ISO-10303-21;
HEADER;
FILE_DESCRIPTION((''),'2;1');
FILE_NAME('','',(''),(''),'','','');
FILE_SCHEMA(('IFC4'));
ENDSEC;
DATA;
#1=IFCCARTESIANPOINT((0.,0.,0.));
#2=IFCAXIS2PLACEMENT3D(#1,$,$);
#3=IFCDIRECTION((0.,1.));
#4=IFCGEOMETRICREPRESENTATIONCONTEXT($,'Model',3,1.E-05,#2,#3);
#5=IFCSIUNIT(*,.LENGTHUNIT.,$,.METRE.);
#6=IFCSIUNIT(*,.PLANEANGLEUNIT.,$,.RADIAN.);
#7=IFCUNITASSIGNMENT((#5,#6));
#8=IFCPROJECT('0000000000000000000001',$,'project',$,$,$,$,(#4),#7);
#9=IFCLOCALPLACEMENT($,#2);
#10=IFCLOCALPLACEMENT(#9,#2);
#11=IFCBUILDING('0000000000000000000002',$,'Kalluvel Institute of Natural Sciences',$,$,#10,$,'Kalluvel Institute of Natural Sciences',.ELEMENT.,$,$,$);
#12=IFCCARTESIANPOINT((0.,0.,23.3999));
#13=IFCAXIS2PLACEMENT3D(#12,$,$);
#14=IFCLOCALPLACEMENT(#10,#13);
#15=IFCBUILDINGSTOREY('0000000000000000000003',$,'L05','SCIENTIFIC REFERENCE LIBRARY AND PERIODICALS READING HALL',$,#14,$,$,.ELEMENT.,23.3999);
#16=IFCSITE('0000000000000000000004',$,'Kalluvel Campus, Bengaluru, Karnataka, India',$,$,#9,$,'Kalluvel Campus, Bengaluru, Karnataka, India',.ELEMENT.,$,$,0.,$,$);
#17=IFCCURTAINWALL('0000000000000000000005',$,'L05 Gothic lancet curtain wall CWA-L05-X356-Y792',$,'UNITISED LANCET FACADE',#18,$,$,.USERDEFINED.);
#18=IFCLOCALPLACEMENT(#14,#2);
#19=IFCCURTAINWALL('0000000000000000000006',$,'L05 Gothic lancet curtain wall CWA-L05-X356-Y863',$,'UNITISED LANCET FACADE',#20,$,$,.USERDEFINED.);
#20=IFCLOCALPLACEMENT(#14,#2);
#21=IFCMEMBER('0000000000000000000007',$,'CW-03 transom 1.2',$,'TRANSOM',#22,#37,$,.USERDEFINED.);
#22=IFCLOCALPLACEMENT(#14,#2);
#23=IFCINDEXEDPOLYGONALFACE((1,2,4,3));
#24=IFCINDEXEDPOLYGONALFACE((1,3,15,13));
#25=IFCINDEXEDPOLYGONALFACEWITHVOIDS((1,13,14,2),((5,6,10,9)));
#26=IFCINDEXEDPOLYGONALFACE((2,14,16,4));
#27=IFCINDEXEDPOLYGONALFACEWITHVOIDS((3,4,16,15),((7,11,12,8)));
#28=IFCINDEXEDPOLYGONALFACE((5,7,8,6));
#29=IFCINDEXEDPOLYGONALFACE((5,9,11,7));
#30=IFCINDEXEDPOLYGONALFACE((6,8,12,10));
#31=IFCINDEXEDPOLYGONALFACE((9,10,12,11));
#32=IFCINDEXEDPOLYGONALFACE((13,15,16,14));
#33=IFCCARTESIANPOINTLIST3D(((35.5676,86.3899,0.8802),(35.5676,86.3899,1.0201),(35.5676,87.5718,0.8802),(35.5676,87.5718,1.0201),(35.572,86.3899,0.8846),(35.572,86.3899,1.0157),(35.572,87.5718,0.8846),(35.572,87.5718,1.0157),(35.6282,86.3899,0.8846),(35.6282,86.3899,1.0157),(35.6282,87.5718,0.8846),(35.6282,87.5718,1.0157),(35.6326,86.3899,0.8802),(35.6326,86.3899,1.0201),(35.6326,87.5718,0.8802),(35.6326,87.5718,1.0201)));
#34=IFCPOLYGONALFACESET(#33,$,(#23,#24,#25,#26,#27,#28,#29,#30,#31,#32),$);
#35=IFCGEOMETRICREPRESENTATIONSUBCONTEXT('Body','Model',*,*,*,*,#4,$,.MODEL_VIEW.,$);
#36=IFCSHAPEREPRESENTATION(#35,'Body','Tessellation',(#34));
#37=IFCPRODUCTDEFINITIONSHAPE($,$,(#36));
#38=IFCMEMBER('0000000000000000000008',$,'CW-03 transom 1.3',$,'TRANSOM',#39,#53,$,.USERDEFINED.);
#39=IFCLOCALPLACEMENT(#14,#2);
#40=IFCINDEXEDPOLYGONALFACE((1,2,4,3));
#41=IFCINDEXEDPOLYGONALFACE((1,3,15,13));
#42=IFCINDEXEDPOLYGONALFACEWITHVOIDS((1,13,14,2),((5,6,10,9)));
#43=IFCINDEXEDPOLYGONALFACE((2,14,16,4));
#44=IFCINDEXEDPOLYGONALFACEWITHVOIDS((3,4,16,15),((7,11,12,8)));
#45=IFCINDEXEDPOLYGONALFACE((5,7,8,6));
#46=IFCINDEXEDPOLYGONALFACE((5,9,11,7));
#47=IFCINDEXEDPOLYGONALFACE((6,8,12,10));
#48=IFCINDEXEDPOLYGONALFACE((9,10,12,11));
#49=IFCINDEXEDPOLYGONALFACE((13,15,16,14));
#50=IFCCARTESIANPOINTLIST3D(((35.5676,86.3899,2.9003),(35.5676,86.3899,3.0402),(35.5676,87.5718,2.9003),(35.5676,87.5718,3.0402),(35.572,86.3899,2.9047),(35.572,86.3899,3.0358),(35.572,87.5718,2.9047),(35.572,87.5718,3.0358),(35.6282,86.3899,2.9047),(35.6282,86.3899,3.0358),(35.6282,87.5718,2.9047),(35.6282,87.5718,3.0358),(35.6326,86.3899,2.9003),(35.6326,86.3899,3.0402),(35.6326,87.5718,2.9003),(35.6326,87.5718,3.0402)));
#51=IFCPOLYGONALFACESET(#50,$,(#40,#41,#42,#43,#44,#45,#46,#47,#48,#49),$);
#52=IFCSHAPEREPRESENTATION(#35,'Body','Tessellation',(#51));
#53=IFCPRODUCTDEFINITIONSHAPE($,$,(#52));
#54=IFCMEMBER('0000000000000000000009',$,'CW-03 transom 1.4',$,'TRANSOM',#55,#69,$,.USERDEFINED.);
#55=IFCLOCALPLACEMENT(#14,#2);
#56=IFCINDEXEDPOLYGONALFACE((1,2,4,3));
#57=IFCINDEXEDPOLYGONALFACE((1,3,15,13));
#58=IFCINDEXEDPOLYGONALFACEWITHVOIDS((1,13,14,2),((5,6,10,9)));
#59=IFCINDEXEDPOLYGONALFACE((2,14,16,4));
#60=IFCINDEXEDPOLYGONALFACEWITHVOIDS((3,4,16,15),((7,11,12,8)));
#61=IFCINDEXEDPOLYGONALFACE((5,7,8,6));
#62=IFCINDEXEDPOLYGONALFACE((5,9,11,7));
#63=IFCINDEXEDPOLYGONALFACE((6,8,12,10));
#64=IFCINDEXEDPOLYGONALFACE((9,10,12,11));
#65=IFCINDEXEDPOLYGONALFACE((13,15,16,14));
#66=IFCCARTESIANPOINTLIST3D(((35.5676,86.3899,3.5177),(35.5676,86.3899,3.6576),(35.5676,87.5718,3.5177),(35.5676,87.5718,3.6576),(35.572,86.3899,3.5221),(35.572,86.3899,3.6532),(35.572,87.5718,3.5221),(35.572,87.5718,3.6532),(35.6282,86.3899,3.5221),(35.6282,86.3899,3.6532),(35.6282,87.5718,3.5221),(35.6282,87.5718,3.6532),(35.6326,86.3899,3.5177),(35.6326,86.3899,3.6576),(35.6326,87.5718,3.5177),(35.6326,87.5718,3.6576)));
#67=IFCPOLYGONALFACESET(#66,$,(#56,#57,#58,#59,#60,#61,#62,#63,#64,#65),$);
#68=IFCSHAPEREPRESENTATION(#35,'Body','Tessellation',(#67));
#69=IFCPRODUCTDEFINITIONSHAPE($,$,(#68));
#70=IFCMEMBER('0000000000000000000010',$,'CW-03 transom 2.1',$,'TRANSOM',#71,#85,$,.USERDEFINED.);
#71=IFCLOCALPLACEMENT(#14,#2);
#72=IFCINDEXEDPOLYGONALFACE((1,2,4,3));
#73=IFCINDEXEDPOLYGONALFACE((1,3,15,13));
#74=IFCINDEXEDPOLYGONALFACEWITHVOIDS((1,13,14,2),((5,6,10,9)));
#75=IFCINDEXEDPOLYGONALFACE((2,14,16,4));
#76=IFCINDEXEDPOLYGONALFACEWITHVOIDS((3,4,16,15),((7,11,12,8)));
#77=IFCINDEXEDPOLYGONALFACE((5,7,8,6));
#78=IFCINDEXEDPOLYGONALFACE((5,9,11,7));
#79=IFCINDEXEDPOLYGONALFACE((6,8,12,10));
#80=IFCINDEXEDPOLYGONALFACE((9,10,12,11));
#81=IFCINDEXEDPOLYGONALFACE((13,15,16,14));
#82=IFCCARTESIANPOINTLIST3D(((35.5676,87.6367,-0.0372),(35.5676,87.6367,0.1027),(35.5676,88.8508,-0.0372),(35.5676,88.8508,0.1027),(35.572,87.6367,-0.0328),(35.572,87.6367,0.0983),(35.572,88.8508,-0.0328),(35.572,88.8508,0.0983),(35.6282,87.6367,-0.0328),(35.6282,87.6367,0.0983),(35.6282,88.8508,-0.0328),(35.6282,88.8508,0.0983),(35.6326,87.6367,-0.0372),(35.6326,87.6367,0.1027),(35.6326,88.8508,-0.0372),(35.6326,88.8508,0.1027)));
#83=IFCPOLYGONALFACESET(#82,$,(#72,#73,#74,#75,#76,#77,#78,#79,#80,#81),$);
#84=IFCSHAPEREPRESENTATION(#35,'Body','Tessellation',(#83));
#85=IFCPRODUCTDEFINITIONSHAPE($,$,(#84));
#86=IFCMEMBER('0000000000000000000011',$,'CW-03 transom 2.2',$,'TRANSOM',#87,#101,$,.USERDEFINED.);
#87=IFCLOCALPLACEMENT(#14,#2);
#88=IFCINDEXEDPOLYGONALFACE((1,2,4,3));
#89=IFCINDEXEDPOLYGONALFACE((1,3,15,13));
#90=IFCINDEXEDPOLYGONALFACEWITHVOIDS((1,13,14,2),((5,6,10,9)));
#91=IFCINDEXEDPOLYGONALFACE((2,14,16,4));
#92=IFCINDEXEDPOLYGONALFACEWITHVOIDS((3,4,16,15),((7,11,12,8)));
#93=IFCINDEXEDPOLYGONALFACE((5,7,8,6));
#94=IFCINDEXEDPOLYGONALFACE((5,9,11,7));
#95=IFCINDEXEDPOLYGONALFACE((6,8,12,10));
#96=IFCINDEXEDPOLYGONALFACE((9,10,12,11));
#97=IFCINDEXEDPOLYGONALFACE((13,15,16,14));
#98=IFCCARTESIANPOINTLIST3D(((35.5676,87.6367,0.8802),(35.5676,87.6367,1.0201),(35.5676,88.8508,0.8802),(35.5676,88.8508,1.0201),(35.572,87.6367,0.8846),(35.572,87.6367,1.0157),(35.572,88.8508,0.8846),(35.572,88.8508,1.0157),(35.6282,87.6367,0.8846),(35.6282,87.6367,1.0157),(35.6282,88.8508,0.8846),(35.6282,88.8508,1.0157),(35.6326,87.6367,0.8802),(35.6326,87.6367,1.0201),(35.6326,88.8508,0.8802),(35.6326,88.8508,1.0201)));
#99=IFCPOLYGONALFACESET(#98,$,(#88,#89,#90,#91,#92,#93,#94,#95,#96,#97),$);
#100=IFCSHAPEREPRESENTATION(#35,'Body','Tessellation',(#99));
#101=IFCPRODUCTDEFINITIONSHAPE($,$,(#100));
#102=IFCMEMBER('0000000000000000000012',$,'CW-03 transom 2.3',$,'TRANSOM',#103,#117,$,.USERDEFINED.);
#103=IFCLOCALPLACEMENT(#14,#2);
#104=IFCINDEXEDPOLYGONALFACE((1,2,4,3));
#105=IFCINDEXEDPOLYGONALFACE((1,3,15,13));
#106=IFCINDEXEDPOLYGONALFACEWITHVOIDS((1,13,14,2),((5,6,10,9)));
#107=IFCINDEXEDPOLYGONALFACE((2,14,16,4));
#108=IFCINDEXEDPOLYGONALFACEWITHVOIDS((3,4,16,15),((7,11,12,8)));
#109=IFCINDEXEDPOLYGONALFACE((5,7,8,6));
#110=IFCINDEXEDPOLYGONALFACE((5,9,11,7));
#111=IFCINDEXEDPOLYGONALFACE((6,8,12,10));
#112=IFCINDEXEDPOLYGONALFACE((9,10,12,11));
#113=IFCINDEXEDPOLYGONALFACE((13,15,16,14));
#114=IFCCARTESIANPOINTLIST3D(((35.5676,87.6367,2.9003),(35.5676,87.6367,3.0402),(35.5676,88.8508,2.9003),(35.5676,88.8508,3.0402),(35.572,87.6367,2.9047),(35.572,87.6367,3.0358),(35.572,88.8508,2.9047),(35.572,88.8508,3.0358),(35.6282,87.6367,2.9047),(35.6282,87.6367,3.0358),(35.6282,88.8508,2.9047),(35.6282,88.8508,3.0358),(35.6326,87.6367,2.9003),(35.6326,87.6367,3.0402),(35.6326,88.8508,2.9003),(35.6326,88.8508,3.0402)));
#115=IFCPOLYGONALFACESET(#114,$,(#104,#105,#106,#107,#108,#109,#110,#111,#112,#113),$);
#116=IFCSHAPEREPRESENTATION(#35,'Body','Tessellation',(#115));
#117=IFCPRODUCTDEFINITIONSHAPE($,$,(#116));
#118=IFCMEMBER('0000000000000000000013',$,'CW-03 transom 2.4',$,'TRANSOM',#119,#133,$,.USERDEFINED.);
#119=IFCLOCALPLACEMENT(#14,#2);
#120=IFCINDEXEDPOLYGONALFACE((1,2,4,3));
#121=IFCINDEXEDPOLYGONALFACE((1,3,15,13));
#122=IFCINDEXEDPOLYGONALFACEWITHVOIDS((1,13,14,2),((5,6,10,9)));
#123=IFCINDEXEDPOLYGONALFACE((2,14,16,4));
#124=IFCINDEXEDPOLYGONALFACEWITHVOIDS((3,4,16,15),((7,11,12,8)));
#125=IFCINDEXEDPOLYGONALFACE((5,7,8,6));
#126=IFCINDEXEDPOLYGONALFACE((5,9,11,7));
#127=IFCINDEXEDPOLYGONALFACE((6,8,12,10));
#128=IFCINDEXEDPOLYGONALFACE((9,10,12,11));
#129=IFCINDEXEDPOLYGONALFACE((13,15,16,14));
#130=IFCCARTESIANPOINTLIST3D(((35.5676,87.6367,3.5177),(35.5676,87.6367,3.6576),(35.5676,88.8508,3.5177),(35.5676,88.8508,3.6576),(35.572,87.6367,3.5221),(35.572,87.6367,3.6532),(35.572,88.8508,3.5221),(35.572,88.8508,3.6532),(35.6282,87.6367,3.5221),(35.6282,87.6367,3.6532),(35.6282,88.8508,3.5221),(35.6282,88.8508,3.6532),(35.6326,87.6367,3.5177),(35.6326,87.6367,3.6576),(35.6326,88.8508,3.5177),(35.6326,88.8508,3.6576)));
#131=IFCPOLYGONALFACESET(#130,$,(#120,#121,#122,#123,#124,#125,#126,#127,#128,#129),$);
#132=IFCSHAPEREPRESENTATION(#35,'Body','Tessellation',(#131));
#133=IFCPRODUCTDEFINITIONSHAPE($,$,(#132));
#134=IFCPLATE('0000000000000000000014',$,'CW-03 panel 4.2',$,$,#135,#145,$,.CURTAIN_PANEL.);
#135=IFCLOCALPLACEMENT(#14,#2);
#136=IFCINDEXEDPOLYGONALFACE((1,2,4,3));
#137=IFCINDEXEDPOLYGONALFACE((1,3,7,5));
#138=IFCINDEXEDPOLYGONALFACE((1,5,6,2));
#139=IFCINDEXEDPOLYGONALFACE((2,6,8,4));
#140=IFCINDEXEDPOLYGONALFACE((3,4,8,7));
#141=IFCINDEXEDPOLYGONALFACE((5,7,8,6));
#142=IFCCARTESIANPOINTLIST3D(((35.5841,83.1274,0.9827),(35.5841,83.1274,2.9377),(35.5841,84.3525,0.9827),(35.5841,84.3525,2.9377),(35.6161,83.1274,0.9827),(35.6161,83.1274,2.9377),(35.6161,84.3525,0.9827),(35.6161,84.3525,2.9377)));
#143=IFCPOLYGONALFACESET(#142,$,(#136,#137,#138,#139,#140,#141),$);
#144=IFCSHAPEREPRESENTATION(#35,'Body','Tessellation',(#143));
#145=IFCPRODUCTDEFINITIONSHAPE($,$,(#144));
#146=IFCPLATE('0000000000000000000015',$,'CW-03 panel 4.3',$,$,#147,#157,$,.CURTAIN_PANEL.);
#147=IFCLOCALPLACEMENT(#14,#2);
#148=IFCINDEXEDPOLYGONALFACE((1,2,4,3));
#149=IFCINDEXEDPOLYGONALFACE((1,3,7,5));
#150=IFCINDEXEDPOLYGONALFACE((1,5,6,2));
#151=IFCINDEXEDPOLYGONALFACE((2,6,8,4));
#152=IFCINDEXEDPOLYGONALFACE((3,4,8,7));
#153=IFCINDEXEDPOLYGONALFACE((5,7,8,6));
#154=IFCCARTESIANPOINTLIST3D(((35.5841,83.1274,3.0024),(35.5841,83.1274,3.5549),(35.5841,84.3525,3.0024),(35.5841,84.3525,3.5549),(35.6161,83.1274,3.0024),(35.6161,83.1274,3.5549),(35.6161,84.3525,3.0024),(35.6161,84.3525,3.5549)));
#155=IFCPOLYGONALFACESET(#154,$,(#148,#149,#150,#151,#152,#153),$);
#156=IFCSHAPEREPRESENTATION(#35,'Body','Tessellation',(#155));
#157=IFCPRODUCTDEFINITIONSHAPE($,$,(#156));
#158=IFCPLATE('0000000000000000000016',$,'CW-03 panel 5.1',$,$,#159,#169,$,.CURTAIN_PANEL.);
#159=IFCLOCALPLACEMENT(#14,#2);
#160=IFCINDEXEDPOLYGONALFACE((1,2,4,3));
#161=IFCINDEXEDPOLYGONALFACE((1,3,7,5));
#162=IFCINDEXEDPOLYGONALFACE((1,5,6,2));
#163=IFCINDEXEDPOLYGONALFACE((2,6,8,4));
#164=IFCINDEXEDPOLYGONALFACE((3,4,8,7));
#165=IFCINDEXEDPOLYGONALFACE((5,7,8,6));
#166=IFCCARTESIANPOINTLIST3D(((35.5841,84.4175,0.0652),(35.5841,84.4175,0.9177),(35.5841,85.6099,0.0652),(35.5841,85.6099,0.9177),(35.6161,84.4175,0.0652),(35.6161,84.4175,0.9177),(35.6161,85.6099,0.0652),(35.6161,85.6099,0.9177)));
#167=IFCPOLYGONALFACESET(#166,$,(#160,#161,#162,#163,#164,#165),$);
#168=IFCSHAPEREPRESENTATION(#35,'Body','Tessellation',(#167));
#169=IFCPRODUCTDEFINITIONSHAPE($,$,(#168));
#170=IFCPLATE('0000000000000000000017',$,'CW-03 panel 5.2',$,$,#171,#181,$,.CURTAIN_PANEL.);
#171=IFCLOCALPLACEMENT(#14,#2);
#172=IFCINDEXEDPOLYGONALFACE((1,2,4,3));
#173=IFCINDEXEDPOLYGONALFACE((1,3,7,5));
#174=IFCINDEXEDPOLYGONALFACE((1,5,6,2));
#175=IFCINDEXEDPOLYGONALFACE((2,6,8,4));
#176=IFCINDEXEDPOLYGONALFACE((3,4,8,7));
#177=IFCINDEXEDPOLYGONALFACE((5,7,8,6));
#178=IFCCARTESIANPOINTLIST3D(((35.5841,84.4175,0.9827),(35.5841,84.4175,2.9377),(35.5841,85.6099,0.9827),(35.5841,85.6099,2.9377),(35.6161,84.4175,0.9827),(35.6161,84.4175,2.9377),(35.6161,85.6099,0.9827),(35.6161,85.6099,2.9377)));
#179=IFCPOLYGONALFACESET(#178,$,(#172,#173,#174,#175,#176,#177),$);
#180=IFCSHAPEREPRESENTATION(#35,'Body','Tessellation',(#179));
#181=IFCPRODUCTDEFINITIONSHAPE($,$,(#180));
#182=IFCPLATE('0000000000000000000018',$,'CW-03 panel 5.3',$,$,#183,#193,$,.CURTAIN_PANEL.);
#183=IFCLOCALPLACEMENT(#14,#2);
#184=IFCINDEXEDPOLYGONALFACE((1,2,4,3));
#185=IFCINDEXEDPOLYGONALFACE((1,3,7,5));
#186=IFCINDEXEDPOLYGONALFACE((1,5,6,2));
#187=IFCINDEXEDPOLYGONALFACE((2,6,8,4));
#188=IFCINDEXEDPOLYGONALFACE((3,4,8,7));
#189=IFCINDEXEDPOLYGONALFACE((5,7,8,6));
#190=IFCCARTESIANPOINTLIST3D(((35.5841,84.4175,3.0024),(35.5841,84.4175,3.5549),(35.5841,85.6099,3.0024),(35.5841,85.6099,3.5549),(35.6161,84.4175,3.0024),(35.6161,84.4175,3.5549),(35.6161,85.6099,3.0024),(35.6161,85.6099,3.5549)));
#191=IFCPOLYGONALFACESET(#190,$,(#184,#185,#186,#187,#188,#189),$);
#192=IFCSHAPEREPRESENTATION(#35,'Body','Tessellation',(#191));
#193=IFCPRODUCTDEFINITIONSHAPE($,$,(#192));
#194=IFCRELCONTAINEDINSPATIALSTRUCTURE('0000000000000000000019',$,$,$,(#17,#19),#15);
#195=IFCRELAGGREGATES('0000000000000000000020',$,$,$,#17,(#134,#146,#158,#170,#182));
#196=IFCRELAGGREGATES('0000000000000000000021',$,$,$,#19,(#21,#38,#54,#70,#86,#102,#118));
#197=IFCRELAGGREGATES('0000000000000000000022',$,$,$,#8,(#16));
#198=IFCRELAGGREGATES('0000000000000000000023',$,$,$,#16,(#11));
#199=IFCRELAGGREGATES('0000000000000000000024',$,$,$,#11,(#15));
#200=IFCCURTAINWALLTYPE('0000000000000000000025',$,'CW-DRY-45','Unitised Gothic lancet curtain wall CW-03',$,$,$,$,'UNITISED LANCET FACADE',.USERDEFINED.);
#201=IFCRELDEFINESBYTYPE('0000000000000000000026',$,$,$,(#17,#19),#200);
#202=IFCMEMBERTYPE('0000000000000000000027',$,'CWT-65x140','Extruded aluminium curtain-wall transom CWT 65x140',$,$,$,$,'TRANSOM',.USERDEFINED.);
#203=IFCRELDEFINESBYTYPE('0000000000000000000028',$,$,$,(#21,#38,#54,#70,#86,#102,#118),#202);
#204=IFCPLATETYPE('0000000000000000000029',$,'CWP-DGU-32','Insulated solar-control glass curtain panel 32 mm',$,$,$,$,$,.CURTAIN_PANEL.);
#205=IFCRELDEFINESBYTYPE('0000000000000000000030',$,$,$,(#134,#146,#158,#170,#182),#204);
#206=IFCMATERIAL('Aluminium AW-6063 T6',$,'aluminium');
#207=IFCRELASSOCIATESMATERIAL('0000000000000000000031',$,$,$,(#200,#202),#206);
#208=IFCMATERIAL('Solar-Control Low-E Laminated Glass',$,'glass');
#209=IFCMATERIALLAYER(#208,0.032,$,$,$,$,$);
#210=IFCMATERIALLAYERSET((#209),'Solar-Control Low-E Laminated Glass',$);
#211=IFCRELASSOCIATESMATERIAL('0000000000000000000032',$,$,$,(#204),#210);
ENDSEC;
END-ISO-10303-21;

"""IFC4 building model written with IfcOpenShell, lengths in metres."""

from ifc_helpers import new_model, si_unit, direction, frame, origin, origin_2d, place, context, subcontext, project, spatial, rectangle, hollow_rectangle, extrude, material, layer, layer_set, material_profile, profile_set, type_object, element, aggregate, save


model = new_model("IFC4")

# Units and contexts
model_context = context("Model", 3, precision=1e-05, world=origin(), true_north=direction((0.0, 1.0)))
body_context = subcontext(model_context, "Body", "Model", "MODEL_VIEW")
ifc_project = project(units=[si_unit("LENGTHUNIT", "METRE"), si_unit("PLANEANGLEUNIT", "RADIAN")], contexts=[model_context])

# Site, building, storey
site_placement = place(None, origin())
site = spatial("IfcSite", under=ifc_project, at=site_placement, Name="Kalluvel Campus, Bengaluru, Karnataka, India", LongName="Kalluvel Campus, Bengaluru, Karnataka, India", CompositionType="ELEMENT", RefElevation=0.0)
building_placement = place(site_placement, origin())
building = spatial("IfcBuilding", under=site, at=building_placement, Name="Kalluvel Institute of Natural Sciences", LongName="Kalluvel Institute of Natural Sciences", CompositionType="ELEMENT")
storey_placement = place(building_placement, frame((0.0, 0.0, 23.3999)))
storey = spatial("IfcBuildingStorey", under=building, at=storey_placement, Name="L05", Description="SCIENTIFIC REFERENCE LIBRARY AND PERIODICALS READING HALL", CompositionType="ELEMENT", Elevation=23.3999)

# Curtain walls
ifc_material_1 = material(Name="Aluminium AW-6063 T6", Category="aluminium")
curtain_wall_type = type_object("IfcCurtainWallType", Name="CW-DRY-45", Description="Unitised Gothic lancet curtain wall CW-03", ElementType="UNITISED LANCET FACADE", PredefinedType="USERDEFINED", material=ifc_material_1)
curtain_wall_1_placement = place(storey_placement, origin())
curtain_wall_1 = element("IfcCurtainWall", 1, at=curtain_wall_1_placement, inside=storey, type_object=curtain_wall_type, Name="L05 Gothic lancet curtain wall CWA-L05-X356-Y792", ObjectType="UNITISED LANCET FACADE", PredefinedType="USERDEFINED")
curtain_wall_2_placement = place(storey_placement, origin())
curtain_wall_2 = element("IfcCurtainWall", 2, at=curtain_wall_2_placement, inside=storey, type_object=curtain_wall_type, Name="L05 Gothic lancet curtain wall CWA-L05-X356-Y863", ObjectType="UNITISED LANCET FACADE", PredefinedType="USERDEFINED")

# Members
ifc_material_profile_1 = material_profile(ifc_material_1, hollow_rectangle(XDim=0.0649, YDim=0.1399, WallThickness=0.0044, at=origin_2d()), Name="CWT 65x140")
ifc_profile_set_1 = profile_set([ifc_material_profile_1], Name="Aluminium AW-6063 T6")
member_type_1 = type_object("IfcMemberType", Name="CWT-65x140", Description="Extruded aluminium curtain-wall transom CWT 65x140", ElementType="TRANSOM", PredefinedType="USERDEFINED", material=ifc_profile_set_1)
member_1_placement = place(storey_placement, frame((35.6001, 86.3899, 0.9502), z_axis=(0.0, 1.0, 0.0), x_axis=(-1.0, 0.0, 0.0)))
member_1 = element("IfcMember", 3, at=member_1_placement, type_object=member_type_1, Name="CW-03 transom 1.2", ObjectType="TRANSOM", PredefinedType="USERDEFINED", context=body_context, shape_type="SweptSolid", body=[
    extrude(hollow_rectangle(XDim=0.0649, YDim=0.1399, WallThickness=0.0044, at=origin_2d()), origin(), (0.0, 0.0, 1.0), 1.1819),
])
member_2_placement = place(storey_placement, frame((35.6001, 86.3899, 2.9702), z_axis=(0.0, 1.0, 0.0), x_axis=(-1.0, 0.0, 0.0)))
member_2 = element("IfcMember", 4, at=member_2_placement, type_object=member_type_1, Name="CW-03 transom 1.3", ObjectType="TRANSOM", PredefinedType="USERDEFINED", context=body_context, shape_type="SweptSolid", body=[
    extrude(hollow_rectangle(XDim=0.0649, YDim=0.1399, WallThickness=0.0044, at=origin_2d()), origin(), (0.0, 0.0, 1.0), 1.1819),
])
member_3_placement = place(storey_placement, frame((35.6001, 86.3899, 3.5876), z_axis=(0.0, 1.0, 0.0), x_axis=(-1.0, 0.0, 0.0)))
member_3 = element("IfcMember", 5, at=member_3_placement, type_object=member_type_1, Name="CW-03 transom 1.4", ObjectType="TRANSOM", PredefinedType="USERDEFINED", context=body_context, shape_type="SweptSolid", body=[
    extrude(hollow_rectangle(XDim=0.0649, YDim=0.1399, WallThickness=0.0044, at=origin_2d()), origin(), (0.0, 0.0, 1.0), 1.1819),
])
member_4_placement = place(storey_placement, frame((35.6001, 87.6367, 0.0327), z_axis=(0.0, 1.0, 0.0), x_axis=(-1.0, 0.0, 0.0)))
member_4 = element("IfcMember", 6, at=member_4_placement, type_object=member_type_1, Name="CW-03 transom 2.1", ObjectType="TRANSOM", PredefinedType="USERDEFINED", context=body_context, shape_type="SweptSolid", body=[
    extrude(hollow_rectangle(XDim=0.0649, YDim=0.1399, WallThickness=0.0044, at=origin_2d()), origin(), (0.0, 0.0, 1.0), 1.2141),
])
member_5_placement = place(storey_placement, frame((35.6001, 87.6367, 0.9502), z_axis=(0.0, 1.0, 0.0), x_axis=(-1.0, 0.0, 0.0)))
member_5 = element("IfcMember", 7, at=member_5_placement, type_object=member_type_1, Name="CW-03 transom 2.2", ObjectType="TRANSOM", PredefinedType="USERDEFINED", context=body_context, shape_type="SweptSolid", body=[
    extrude(hollow_rectangle(XDim=0.0649, YDim=0.1399, WallThickness=0.0044, at=origin_2d()), origin(), (0.0, 0.0, 1.0), 1.2141),
])
member_6_placement = place(storey_placement, frame((35.6001, 87.6367, 2.9702), z_axis=(0.0, 1.0, 0.0), x_axis=(-1.0, 0.0, 0.0)))
member_6 = element("IfcMember", 8, at=member_6_placement, type_object=member_type_1, Name="CW-03 transom 2.3", ObjectType="TRANSOM", PredefinedType="USERDEFINED", context=body_context, shape_type="SweptSolid", body=[
    extrude(hollow_rectangle(XDim=0.0649, YDim=0.1399, WallThickness=0.0044, at=origin_2d()), origin(), (0.0, 0.0, 1.0), 1.2141),
])
member_7_placement = place(storey_placement, frame((35.6001, 87.6367, 3.5876), z_axis=(0.0, 1.0, 0.0), x_axis=(-1.0, 0.0, 0.0)))
member_7 = element("IfcMember", 9, at=member_7_placement, type_object=member_type_1, Name="CW-03 transom 2.4", ObjectType="TRANSOM", PredefinedType="USERDEFINED", context=body_context, shape_type="SweptSolid", body=[
    extrude(hollow_rectangle(XDim=0.0649, YDim=0.1399, WallThickness=0.0044, at=origin_2d()), origin(), (0.0, 0.0, 1.0), 1.2141),
])

# Plates
ifc_material_2 = material(Name="Solar-Control Low-E Laminated Glass", Category="glass")
ifc_layer = layer(ifc_material_2, 0.032)
ifc_layer_set = layer_set([ifc_layer], Name="Solar-Control Low-E Laminated Glass")
plate_type = type_object("IfcPlateType", Name="CWP-DGU-32", Description="Insulated solar-control glass curtain panel 32 mm", PredefinedType="CURTAIN_PANEL", material=ifc_layer_set)
plate_1_placement = place(storey_placement, frame((35.6001, 83.74, 0.9827), z_axis=(0.0, 0.0, 1.0), x_axis=(0.0, 1.0, 0.0)))
plate_1 = element("IfcPlate", 10, at=plate_1_placement, type_object=plate_type, Name="CW-03 panel 4.2", PredefinedType="CURTAIN_PANEL", context=body_context, shape_type="SweptSolid", body=[
    extrude(rectangle(XDim=1.2251, YDim=0.032, at=origin_2d()), origin(), (0.0, 0.0, 1.0), 1.9551),
])
plate_2_placement = place(storey_placement, frame((35.6001, 83.74, 3.0024), z_axis=(0.0, 0.0, 1.0), x_axis=(0.0, 1.0, 0.0)))
plate_2 = element("IfcPlate", 11, at=plate_2_placement, type_object=plate_type, Name="CW-03 panel 4.3", PredefinedType="CURTAIN_PANEL", context=body_context, shape_type="SweptSolid", body=[
    extrude(rectangle(XDim=1.2251, YDim=0.032, at=origin_2d()), origin(), (0.0, 0.0, 1.0), 0.5525),
])
plate_3_placement = place(storey_placement, frame((35.6001, 85.0137, 0.0652), z_axis=(0.0, 0.0, 1.0), x_axis=(0.0, 1.0, 0.0)))
plate_3 = element("IfcPlate", 12, at=plate_3_placement, type_object=plate_type, Name="CW-03 panel 5.1", PredefinedType="CURTAIN_PANEL", context=body_context, shape_type="SweptSolid", body=[
    extrude(rectangle(XDim=1.1924, YDim=0.032, at=origin_2d()), origin(), (0.0, 0.0, 1.0), 0.8525),
])
plate_4_placement = place(storey_placement, frame((35.6001, 85.0137, 0.9827), z_axis=(0.0, 0.0, 1.0), x_axis=(0.0, 1.0, 0.0)))
plate_4 = element("IfcPlate", 13, at=plate_4_placement, type_object=plate_type, Name="CW-03 panel 5.2", PredefinedType="CURTAIN_PANEL", context=body_context, shape_type="SweptSolid", body=[
    extrude(rectangle(XDim=1.1924, YDim=0.032, at=origin_2d()), origin(), (0.0, 0.0, 1.0), 1.9551),
])
plate_5_placement = place(storey_placement, frame((35.6001, 85.0137, 3.0024), z_axis=(0.0, 0.0, 1.0), x_axis=(0.0, 1.0, 0.0)))
plate_5 = element("IfcPlate", 14, at=plate_5_placement, type_object=plate_type, Name="CW-03 panel 5.3", PredefinedType="CURTAIN_PANEL", context=body_context, shape_type="SweptSolid", body=[
    extrude(rectangle(XDim=1.1924, YDim=0.032, at=origin_2d()), origin(), (0.0, 0.0, 1.0), 0.5525),
])
aggregate(curtain_wall_1, [plate_1, plate_2, plate_3, plate_4, plate_5])
aggregate(curtain_wall_2, [member_1, member_2, member_3, member_4, member_5, member_6, member_7])

save(model, "model.ifc")
